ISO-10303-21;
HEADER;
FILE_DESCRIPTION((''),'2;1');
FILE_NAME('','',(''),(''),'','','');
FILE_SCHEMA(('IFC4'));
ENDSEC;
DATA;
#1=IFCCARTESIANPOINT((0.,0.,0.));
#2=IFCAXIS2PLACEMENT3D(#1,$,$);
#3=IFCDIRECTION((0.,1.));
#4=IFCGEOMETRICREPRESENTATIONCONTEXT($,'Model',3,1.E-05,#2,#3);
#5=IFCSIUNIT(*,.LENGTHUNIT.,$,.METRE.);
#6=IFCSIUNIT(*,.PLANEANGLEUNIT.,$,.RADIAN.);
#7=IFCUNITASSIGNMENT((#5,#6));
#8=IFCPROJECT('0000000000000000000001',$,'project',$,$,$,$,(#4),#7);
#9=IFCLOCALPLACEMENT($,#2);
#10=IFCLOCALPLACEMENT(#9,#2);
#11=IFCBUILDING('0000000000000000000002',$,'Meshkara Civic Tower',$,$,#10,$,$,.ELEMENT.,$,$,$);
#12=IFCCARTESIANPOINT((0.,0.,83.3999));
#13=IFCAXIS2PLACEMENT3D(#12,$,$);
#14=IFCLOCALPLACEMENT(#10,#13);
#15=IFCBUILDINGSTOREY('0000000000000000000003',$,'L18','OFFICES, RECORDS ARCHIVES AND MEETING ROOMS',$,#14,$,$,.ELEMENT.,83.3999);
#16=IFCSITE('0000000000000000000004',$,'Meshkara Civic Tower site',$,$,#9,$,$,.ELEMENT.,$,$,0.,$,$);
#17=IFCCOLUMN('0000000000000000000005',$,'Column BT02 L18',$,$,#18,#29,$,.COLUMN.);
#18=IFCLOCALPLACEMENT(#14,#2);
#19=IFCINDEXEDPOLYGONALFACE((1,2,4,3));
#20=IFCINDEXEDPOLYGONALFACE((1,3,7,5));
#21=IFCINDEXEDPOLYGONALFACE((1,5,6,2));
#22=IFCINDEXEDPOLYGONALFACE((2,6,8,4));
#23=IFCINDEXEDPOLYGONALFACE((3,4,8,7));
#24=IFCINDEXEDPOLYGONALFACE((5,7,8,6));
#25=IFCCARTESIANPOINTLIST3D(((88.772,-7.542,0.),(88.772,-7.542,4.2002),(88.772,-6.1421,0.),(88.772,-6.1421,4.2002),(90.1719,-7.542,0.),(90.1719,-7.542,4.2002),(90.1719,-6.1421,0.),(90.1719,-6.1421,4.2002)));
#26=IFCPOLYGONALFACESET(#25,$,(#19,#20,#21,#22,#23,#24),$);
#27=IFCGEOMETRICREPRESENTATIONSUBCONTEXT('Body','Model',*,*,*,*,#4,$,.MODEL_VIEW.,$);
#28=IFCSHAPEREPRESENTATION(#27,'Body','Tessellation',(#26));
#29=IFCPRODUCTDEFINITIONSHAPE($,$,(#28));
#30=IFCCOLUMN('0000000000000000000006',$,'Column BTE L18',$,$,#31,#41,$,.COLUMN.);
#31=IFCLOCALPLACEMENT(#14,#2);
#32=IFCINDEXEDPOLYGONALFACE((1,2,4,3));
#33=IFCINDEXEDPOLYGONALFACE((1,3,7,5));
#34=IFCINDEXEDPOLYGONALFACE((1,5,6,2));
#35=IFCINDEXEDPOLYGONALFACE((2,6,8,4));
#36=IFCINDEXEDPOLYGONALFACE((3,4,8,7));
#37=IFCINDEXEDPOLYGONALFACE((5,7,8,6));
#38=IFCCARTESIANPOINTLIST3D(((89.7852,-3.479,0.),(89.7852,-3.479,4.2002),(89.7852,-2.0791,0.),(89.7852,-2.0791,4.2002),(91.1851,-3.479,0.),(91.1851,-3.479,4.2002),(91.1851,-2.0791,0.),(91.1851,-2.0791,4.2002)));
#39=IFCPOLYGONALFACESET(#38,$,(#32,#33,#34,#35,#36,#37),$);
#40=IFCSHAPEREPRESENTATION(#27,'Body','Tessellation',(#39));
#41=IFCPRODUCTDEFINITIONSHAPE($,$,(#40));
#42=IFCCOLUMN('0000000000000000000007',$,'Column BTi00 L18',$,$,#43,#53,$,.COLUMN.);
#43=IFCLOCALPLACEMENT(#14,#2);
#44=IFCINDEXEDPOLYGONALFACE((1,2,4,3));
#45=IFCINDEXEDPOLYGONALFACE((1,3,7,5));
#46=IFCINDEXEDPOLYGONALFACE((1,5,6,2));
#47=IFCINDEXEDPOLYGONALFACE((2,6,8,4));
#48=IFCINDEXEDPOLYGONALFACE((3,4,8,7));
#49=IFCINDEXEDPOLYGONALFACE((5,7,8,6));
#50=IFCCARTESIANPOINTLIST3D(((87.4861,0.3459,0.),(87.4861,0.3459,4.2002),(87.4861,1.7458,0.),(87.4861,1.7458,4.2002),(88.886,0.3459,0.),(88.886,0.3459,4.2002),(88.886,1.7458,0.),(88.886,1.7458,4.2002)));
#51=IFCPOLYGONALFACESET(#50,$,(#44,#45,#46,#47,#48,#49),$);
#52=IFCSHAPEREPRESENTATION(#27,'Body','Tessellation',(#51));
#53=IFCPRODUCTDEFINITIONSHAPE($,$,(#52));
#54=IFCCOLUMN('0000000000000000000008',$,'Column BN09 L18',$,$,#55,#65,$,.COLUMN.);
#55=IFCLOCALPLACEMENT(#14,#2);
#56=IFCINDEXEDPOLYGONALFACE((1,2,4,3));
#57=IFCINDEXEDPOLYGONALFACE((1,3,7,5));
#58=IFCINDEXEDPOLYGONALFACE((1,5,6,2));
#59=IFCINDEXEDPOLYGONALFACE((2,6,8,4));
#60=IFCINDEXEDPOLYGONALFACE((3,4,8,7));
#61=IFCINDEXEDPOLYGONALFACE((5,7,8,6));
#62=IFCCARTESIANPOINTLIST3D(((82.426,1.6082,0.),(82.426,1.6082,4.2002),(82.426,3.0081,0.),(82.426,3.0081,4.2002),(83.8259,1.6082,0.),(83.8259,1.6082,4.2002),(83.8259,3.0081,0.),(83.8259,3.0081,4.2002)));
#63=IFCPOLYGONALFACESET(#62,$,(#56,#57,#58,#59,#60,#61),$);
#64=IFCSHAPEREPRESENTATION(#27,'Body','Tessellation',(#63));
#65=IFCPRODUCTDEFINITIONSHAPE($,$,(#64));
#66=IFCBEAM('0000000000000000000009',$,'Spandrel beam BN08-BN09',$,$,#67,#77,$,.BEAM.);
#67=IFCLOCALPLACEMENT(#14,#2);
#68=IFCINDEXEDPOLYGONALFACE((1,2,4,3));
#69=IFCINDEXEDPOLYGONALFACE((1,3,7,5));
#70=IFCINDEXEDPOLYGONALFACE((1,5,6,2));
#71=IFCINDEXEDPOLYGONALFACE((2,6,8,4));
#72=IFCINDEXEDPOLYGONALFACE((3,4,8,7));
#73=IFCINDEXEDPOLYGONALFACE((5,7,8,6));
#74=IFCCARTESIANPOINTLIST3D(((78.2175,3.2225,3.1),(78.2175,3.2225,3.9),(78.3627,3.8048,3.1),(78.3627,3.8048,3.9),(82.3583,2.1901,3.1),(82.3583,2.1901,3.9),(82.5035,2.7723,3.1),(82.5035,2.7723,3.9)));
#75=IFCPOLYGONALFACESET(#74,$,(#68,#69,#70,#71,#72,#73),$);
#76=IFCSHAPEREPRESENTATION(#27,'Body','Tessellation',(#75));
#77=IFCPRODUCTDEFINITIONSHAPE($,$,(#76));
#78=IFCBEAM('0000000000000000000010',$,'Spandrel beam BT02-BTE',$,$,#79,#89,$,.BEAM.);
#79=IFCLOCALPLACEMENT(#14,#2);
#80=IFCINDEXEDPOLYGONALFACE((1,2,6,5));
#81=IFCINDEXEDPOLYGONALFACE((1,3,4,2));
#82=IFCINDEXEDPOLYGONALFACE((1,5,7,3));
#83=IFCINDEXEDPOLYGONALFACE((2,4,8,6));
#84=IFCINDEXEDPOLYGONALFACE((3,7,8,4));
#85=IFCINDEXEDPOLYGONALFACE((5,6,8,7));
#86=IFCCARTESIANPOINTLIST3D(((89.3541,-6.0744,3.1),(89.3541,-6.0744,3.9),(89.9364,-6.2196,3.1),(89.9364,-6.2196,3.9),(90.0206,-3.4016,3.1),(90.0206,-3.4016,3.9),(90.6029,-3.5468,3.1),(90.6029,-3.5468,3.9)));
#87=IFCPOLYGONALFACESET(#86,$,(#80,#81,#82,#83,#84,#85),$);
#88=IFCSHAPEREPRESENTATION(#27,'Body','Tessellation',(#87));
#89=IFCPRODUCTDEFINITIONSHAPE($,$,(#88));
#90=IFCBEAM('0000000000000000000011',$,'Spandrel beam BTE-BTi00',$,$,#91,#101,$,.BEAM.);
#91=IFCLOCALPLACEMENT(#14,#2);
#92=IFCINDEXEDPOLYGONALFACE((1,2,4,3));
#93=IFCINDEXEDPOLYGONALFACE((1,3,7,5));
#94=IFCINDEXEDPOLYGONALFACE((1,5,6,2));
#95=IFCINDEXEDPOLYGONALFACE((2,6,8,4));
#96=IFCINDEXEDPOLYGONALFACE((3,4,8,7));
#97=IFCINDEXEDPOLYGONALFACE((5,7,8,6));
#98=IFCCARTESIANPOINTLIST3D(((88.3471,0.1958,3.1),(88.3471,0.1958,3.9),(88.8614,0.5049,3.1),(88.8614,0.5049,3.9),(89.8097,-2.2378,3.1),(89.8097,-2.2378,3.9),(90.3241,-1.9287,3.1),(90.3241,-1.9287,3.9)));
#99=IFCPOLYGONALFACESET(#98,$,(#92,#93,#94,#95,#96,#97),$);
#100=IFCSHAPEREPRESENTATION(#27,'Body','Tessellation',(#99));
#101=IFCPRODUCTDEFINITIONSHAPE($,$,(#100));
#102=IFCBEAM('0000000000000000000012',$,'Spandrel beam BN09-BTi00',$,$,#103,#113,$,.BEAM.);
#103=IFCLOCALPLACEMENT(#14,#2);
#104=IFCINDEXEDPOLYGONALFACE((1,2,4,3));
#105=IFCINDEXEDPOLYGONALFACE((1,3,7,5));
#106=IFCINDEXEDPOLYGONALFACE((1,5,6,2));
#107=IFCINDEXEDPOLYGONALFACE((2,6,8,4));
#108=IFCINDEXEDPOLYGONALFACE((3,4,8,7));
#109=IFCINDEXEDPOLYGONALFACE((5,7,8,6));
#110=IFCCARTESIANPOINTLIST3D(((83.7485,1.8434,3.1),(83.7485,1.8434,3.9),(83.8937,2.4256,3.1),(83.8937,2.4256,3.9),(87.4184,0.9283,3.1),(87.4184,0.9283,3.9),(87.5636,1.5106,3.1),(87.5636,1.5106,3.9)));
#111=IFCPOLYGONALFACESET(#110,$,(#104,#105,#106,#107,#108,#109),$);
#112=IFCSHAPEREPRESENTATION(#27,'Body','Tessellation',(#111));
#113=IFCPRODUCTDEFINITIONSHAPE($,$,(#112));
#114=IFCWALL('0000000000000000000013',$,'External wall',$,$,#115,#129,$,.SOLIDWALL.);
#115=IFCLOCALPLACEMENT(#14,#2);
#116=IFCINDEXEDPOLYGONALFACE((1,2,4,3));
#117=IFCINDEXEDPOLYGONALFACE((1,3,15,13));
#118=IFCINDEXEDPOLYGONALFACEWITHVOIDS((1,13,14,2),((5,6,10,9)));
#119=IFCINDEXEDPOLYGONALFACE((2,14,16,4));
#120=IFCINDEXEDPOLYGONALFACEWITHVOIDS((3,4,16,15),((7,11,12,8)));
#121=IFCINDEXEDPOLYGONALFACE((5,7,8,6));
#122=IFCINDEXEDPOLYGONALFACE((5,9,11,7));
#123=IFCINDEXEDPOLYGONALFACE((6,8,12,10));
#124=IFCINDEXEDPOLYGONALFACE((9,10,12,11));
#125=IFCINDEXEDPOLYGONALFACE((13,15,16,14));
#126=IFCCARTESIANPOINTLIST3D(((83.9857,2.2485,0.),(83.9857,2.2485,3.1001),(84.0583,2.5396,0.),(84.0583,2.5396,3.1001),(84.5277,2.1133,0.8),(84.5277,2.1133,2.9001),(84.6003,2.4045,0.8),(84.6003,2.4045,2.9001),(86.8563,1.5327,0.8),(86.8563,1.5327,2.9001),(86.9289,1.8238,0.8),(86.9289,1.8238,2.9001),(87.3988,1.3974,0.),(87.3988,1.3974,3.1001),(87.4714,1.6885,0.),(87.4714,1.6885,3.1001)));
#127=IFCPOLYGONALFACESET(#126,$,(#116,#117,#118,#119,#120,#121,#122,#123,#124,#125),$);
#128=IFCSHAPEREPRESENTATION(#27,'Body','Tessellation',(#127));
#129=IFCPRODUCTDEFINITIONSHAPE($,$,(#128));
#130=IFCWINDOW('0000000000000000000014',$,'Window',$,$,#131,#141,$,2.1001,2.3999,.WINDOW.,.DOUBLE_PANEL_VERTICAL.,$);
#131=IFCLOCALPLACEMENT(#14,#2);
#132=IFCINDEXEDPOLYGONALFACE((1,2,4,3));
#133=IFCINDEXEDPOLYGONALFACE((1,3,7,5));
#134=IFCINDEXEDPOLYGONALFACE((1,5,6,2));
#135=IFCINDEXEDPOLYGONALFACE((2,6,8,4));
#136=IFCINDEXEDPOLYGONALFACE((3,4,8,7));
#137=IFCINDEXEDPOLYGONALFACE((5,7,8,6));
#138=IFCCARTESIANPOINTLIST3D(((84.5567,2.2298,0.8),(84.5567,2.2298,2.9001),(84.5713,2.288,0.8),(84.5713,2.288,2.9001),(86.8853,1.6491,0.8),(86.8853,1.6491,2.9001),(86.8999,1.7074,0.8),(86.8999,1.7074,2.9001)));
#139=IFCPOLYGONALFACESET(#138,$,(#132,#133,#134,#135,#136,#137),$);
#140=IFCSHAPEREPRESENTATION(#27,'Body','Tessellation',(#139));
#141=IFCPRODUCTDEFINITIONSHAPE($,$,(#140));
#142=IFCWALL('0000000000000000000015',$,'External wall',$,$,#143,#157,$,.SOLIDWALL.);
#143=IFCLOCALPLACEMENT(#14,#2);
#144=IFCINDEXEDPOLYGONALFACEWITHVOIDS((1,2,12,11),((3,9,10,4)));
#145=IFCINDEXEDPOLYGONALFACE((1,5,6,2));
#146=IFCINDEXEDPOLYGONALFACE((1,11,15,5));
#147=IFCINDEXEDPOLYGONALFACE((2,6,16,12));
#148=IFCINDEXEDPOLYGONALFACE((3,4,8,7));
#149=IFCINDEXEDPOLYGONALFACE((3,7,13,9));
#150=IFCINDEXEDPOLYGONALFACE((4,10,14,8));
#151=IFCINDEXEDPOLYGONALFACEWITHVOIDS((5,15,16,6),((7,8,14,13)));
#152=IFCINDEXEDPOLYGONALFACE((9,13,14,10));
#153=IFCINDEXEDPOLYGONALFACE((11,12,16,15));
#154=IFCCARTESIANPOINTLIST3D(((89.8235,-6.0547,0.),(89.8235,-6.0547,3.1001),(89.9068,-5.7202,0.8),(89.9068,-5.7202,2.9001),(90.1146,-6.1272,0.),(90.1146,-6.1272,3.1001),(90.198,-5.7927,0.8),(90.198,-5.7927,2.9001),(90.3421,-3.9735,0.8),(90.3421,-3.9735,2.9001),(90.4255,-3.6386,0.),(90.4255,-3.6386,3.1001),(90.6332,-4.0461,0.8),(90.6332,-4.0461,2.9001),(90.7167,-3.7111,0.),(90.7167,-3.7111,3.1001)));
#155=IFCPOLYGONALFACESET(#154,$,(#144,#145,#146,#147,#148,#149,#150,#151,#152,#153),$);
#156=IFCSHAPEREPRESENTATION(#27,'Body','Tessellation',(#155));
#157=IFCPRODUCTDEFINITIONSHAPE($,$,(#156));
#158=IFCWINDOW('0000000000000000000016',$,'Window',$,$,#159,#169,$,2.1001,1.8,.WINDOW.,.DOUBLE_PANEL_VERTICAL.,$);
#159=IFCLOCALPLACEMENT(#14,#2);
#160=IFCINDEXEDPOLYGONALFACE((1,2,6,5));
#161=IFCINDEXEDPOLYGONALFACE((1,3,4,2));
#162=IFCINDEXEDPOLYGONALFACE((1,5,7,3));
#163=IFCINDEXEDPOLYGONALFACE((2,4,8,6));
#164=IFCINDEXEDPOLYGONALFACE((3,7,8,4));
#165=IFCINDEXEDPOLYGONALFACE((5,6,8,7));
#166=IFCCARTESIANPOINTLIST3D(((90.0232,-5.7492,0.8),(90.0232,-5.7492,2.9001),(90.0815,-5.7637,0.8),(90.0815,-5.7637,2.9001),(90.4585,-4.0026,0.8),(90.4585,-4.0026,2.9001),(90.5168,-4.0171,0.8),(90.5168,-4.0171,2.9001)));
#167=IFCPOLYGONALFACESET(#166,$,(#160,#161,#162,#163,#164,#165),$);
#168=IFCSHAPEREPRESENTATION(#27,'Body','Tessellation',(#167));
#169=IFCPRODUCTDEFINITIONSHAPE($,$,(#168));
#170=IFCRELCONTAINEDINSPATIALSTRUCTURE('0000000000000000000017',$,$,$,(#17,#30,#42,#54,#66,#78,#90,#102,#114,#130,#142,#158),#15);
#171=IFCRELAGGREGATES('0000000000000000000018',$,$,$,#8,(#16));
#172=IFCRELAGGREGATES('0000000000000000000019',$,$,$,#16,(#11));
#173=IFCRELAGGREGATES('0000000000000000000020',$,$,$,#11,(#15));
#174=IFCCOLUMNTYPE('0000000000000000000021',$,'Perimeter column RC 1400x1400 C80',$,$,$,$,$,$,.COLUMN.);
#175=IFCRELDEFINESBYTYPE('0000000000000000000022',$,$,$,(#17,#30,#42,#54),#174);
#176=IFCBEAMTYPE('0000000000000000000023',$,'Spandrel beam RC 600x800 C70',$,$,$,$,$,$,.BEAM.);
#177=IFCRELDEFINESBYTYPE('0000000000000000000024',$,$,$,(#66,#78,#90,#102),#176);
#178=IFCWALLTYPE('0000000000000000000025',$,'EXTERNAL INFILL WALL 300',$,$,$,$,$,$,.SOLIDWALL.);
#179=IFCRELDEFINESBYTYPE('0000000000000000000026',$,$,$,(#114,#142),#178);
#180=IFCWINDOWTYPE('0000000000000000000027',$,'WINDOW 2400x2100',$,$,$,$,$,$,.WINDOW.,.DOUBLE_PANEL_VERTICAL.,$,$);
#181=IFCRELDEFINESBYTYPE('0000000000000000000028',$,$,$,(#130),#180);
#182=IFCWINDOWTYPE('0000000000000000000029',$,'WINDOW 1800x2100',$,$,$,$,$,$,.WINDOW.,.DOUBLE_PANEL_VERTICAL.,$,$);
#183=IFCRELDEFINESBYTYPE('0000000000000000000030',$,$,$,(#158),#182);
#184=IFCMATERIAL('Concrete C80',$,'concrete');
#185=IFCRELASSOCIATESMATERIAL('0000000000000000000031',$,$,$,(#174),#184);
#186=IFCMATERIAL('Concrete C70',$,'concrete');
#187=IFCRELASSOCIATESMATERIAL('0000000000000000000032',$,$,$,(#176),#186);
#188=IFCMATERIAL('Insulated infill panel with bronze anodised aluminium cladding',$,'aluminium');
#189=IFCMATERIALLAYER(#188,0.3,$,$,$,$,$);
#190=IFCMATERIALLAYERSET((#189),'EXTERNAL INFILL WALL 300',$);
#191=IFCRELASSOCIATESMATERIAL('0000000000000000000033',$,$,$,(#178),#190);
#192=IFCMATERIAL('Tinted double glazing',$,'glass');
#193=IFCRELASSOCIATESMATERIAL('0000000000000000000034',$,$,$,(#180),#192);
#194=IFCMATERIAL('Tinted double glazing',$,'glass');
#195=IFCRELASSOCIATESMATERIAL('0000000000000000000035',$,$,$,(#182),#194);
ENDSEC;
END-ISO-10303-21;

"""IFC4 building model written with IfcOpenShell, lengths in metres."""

from ifc_helpers import new_model, si_unit, direction, frame, frame_2d, origin, origin_2d, place, context, subcontext, project, spatial, rectangle, extrude, material, layer, layer_set, material_profile, profile_set, type_object, element, fill, save


model = new_model("IFC4")

# Units and contexts
model_context = context("Model", 3, precision=1e-05, world=origin(), true_north=direction((0.0, 1.0)))
body_context = subcontext(model_context, "Body", "Model", "MODEL_VIEW")
ifc_project = project(units=[si_unit("LENGTHUNIT", "METRE"), si_unit("PLANEANGLEUNIT", "RADIAN")], contexts=[model_context])

# Site, building, storey
site_placement = place(None, origin())
site = spatial("IfcSite", under=ifc_project, at=site_placement, Name="Meshkara Civic Tower site", CompositionType="ELEMENT", RefElevation=0.0)
building_placement = place(site_placement, origin())
building = spatial("IfcBuilding", under=site, at=building_placement, Name="Meshkara Civic Tower", CompositionType="ELEMENT")
storey_placement = place(building_placement, frame((0.0, 0.0, 83.3999)))
storey = spatial("IfcBuildingStorey", under=building, at=storey_placement, Name="L18", Description="OFFICES, RECORDS ARCHIVES AND MEETING ROOMS", CompositionType="ELEMENT", Elevation=83.3999)

# Columns
ifc_material_1 = material(Name="Concrete C80", Category="concrete")
ifc_material_profile_1 = material_profile(ifc_material_1, rectangle(XDim=1.3999, YDim=1.3999, at=origin_2d()))
ifc_profile_set_1 = profile_set([ifc_material_profile_1], Name="Concrete C80")
column_type = type_object("IfcColumnType", Name="Perimeter column RC 1400x1400 C80", PredefinedType="COLUMN", material=ifc_profile_set_1)
for number, where, z_axis, x_axis, name in (
    (1, (89.4719, -6.842, 0.0), (0.0, 0.0, 1.0), (1.0, 0.0, 0.0), "Column BT02 L18"),
    (2, (90.4851, -2.7791, 0.0), (0.0, 0.0, 1.0), (1.0, 0.0, 0.0), "Column BTE L18"),
    (3, (88.186, 1.0459, 0.0), (0.0, 0.0, 1.0), (1.0, 0.0, 0.0), "Column BTi00 L18"),
    (4, (83.126, 2.3081, 0.0), (0.0, 0.0, 1.0), (1.0, 0.0, 0.0), "Column BN09 L18"),
):
    element("IfcColumn", number, at=place(storey_placement, frame(where, z_axis=z_axis, x_axis=x_axis)), inside=storey, type_object=column_type, Name=name, PredefinedType="COLUMN", context=body_context, shape_type="SweptSolid", body=[
        extrude(rectangle(XDim=1.3999, YDim=1.3999, at=origin_2d()), origin(), (0.0, 0.0, 1.0), 4.2002),
    ])

# Beams
ifc_material_2 = material(Name="Concrete C70", Category="concrete")
ifc_material_profile_2 = material_profile(ifc_material_2, rectangle(XDim=0.6001, YDim=0.8, at=origin_2d()))
ifc_profile_set_2 = profile_set([ifc_material_profile_2], Name="Concrete C70")
beam_type = type_object("IfcBeamType", Name="Spandrel beam RC 600x800 C70", PredefinedType="BEAM", material=ifc_profile_set_2)
beam_1_placement = place(storey_placement, frame((82.4309, 2.4812, 3.5), z_axis=(-0.970294, 0.24193, 0.0), x_axis=(-0.24193, -0.970294, 0.0)))
element("IfcBeam", 5, at=beam_1_placement, inside=storey, type_object=beam_type, Name="Spandrel beam BN08-BN09", PredefinedType="BEAM", context=body_context, shape_type="SweptSolid", body=[
    extrude(rectangle(XDim=0.6001, YDim=0.8, at=origin_2d()), origin(), (0.0, 0.0, 1.0), 4.2676),
])
beam_2_placement = place(storey_placement, frame((89.6453, -6.147, 3.5), z_axis=(0.241952, 0.970288, 0.0), x_axis=(-0.970288, 0.241952, 0.0)))
element("IfcBeam", 6, at=beam_2_placement, inside=storey, type_object=beam_type, Name="Spandrel beam BT02-BTE", PredefinedType="BEAM", context=body_context, shape_type="SweptSolid", body=[
    extrude(rectangle(XDim=0.6001, YDim=0.8, at=origin_2d()), origin(), (0.0, 0.0, 1.0), 2.7546),
])
beam_3_placement = place(storey_placement, frame((90.0669, -2.0833, 3.5), z_axis=(-0.515141, 0.857106, 0.0), x_axis=(-0.857106, -0.515141, 0.0)))
element("IfcBeam", 7, at=beam_3_placement, inside=storey, type_object=beam_type, Name="Spandrel beam BTE-BTi00", PredefinedType="BEAM", context=body_context, shape_type="SweptSolid", body=[
    extrude(rectangle(XDim=0.6001, YDim=0.8, at=origin_2d()), origin(), (0.0, 0.0, 1.0), 2.8394),
])
beam_4_placement = place(storey_placement, frame((87.491, 1.2195, 3.5), z_axis=(-0.970294, 0.241928, 0.0), x_axis=(-0.241928, -0.970294, 0.0)))
element("IfcBeam", 8, at=beam_4_placement, inside=storey, type_object=beam_type, Name="Spandrel beam BN09-BTi00", PredefinedType="BEAM", context=body_context, shape_type="SweptSolid", body=[
    extrude(rectangle(XDim=0.6001, YDim=0.8, at=origin_2d()), origin(), (0.0, 0.0, 1.0), 3.7822),
])

# Walls, openings, windows
ifc_material_3 = material(Name="Insulated infill panel with bronze anodised aluminium cladding", Category="aluminium")
ifc_layer_1 = layer(ifc_material_3, 0.3)
ifc_layer_set_1 = layer_set([ifc_layer_1], Name="EXTERNAL INFILL WALL 300")
wall_type = type_object("IfcWallType", Name="EXTERNAL INFILL WALL 300", PredefinedType="SOLIDWALL", material=ifc_layer_set_1)
wall_1_placement = place(storey_placement, frame((87.4351, 1.543, 0.0), z_axis=(0.0, 0.0, 1.0), x_axis=(-0.970289, 0.241948, 0.0)))
wall_1 = element("IfcWall", 9, at=wall_1_placement, inside=storey, type_object=wall_type, Name="External wall", PredefinedType="SOLIDWALL", context=body_context, shape_type="SweptSolid", body=[
    extrude(rectangle(XDim=3.5176, YDim=0.3, at=frame_2d((1.7588, 0.0))), origin(), (0.0, 0.0, 1.0), 3.1001),
])
opening_1_placement = place(wall_1_placement, frame((0.5591, 0.0, 0.8)))
opening_1 = element("IfcOpeningElement", 10, at=opening_1_placement, cuts=wall_1, PredefinedType="OPENING", context=body_context, shape_type="SweptSolid", body=[
    extrude(rectangle(XDim=2.3999, YDim=2.1001, at=frame_2d((1.2, 1.05))), frame((0.0, 0.1599, 0.0), z_axis=(0.0, -1.0, 0.0), x_axis=(1.0, 0.0, 0.0)), (0.0, 0.0, 1.0), 0.3201),
])
ifc_material_4 = material(Name="Tinted double glazing", Category="glass")
window_type_1 = type_object("IfcWindowType", Name="WINDOW 2400x2100", PartitioningType="DOUBLE_PANEL_VERTICAL", PredefinedType="WINDOW", material=ifc_material_4)
window_1_placement = place(opening_1_placement, origin())
window_1 = element("IfcWindow", 11, at=window_1_placement, inside=storey, type_object=window_type_1, Name="Window", OverallHeight=2.1001, OverallWidth=2.3999, PartitioningType="DOUBLE_PANEL_VERTICAL", PredefinedType="WINDOW", context=body_context, shape_type="SweptSolid", body=[
    extrude(rectangle(XDim=2.3999, YDim=2.1001, at=frame_2d((1.2, 1.05))), frame((0.0, 0.03, 0.0), z_axis=(0.0, -1.0, 0.0), x_axis=(1.0, 0.0, 0.0)), (0.0, 0.0, 1.0), 0.0601),
])
fill(opening_1, window_1)
wall_2_placement = place(storey_placement, frame((89.969, -6.0911, 0.0), z_axis=(0.0, 0.0, 1.0), x_axis=(0.241797, 0.970327, 0.0)))
wall_2 = element("IfcWall", 12, at=wall_2_placement, inside=storey, type_object=wall_type, Name="External wall", PredefinedType="SOLIDWALL", context=body_context, shape_type="SweptSolid", body=[
    extrude(rectangle(XDim=2.49, YDim=0.3, at=frame_2d((1.2451, 0.0))), origin(), (0.0, 0.0, 1.0), 3.1001),
])
opening_2_placement = place(wall_2_placement, frame((0.345, 0.0, 0.8)))
opening_2 = element("IfcOpeningElement", 13, at=opening_2_placement, cuts=wall_2, PredefinedType="OPENING", context=body_context, shape_type="SweptSolid", body=[
    extrude(rectangle(XDim=1.8, YDim=2.1001, at=frame_2d((0.8999, 1.05))), frame((0.0, 0.1599, 0.0), z_axis=(0.0, -1.0, 0.0), x_axis=(1.0, 0.0, 0.0)), (0.0, 0.0, 1.0), 0.3201),
])
ifc_material_5 = material(Name="Tinted double glazing", Category="glass")
window_type_2 = type_object("IfcWindowType", Name="WINDOW 1800x2100", PartitioningType="DOUBLE_PANEL_VERTICAL", PredefinedType="WINDOW", material=ifc_material_5)
window_2_placement = place(opening_2_placement, origin())
window_2 = element("IfcWindow", 14, at=window_2_placement, inside=storey, type_object=window_type_2, Name="Window", OverallHeight=2.1001, OverallWidth=1.8, PartitioningType="DOUBLE_PANEL_VERTICAL", PredefinedType="WINDOW", context=body_context, shape_type="SweptSolid", body=[
    extrude(rectangle(XDim=1.8, YDim=2.1001, at=frame_2d((0.8999, 1.05))), frame((0.0, 0.03, 0.0), z_axis=(0.0, -1.0, 0.0), x_axis=(1.0, 0.0, 0.0)), (0.0, 0.0, 1.0), 0.0601),
])
fill(opening_2, window_2)

save(model, "model.ifc")
